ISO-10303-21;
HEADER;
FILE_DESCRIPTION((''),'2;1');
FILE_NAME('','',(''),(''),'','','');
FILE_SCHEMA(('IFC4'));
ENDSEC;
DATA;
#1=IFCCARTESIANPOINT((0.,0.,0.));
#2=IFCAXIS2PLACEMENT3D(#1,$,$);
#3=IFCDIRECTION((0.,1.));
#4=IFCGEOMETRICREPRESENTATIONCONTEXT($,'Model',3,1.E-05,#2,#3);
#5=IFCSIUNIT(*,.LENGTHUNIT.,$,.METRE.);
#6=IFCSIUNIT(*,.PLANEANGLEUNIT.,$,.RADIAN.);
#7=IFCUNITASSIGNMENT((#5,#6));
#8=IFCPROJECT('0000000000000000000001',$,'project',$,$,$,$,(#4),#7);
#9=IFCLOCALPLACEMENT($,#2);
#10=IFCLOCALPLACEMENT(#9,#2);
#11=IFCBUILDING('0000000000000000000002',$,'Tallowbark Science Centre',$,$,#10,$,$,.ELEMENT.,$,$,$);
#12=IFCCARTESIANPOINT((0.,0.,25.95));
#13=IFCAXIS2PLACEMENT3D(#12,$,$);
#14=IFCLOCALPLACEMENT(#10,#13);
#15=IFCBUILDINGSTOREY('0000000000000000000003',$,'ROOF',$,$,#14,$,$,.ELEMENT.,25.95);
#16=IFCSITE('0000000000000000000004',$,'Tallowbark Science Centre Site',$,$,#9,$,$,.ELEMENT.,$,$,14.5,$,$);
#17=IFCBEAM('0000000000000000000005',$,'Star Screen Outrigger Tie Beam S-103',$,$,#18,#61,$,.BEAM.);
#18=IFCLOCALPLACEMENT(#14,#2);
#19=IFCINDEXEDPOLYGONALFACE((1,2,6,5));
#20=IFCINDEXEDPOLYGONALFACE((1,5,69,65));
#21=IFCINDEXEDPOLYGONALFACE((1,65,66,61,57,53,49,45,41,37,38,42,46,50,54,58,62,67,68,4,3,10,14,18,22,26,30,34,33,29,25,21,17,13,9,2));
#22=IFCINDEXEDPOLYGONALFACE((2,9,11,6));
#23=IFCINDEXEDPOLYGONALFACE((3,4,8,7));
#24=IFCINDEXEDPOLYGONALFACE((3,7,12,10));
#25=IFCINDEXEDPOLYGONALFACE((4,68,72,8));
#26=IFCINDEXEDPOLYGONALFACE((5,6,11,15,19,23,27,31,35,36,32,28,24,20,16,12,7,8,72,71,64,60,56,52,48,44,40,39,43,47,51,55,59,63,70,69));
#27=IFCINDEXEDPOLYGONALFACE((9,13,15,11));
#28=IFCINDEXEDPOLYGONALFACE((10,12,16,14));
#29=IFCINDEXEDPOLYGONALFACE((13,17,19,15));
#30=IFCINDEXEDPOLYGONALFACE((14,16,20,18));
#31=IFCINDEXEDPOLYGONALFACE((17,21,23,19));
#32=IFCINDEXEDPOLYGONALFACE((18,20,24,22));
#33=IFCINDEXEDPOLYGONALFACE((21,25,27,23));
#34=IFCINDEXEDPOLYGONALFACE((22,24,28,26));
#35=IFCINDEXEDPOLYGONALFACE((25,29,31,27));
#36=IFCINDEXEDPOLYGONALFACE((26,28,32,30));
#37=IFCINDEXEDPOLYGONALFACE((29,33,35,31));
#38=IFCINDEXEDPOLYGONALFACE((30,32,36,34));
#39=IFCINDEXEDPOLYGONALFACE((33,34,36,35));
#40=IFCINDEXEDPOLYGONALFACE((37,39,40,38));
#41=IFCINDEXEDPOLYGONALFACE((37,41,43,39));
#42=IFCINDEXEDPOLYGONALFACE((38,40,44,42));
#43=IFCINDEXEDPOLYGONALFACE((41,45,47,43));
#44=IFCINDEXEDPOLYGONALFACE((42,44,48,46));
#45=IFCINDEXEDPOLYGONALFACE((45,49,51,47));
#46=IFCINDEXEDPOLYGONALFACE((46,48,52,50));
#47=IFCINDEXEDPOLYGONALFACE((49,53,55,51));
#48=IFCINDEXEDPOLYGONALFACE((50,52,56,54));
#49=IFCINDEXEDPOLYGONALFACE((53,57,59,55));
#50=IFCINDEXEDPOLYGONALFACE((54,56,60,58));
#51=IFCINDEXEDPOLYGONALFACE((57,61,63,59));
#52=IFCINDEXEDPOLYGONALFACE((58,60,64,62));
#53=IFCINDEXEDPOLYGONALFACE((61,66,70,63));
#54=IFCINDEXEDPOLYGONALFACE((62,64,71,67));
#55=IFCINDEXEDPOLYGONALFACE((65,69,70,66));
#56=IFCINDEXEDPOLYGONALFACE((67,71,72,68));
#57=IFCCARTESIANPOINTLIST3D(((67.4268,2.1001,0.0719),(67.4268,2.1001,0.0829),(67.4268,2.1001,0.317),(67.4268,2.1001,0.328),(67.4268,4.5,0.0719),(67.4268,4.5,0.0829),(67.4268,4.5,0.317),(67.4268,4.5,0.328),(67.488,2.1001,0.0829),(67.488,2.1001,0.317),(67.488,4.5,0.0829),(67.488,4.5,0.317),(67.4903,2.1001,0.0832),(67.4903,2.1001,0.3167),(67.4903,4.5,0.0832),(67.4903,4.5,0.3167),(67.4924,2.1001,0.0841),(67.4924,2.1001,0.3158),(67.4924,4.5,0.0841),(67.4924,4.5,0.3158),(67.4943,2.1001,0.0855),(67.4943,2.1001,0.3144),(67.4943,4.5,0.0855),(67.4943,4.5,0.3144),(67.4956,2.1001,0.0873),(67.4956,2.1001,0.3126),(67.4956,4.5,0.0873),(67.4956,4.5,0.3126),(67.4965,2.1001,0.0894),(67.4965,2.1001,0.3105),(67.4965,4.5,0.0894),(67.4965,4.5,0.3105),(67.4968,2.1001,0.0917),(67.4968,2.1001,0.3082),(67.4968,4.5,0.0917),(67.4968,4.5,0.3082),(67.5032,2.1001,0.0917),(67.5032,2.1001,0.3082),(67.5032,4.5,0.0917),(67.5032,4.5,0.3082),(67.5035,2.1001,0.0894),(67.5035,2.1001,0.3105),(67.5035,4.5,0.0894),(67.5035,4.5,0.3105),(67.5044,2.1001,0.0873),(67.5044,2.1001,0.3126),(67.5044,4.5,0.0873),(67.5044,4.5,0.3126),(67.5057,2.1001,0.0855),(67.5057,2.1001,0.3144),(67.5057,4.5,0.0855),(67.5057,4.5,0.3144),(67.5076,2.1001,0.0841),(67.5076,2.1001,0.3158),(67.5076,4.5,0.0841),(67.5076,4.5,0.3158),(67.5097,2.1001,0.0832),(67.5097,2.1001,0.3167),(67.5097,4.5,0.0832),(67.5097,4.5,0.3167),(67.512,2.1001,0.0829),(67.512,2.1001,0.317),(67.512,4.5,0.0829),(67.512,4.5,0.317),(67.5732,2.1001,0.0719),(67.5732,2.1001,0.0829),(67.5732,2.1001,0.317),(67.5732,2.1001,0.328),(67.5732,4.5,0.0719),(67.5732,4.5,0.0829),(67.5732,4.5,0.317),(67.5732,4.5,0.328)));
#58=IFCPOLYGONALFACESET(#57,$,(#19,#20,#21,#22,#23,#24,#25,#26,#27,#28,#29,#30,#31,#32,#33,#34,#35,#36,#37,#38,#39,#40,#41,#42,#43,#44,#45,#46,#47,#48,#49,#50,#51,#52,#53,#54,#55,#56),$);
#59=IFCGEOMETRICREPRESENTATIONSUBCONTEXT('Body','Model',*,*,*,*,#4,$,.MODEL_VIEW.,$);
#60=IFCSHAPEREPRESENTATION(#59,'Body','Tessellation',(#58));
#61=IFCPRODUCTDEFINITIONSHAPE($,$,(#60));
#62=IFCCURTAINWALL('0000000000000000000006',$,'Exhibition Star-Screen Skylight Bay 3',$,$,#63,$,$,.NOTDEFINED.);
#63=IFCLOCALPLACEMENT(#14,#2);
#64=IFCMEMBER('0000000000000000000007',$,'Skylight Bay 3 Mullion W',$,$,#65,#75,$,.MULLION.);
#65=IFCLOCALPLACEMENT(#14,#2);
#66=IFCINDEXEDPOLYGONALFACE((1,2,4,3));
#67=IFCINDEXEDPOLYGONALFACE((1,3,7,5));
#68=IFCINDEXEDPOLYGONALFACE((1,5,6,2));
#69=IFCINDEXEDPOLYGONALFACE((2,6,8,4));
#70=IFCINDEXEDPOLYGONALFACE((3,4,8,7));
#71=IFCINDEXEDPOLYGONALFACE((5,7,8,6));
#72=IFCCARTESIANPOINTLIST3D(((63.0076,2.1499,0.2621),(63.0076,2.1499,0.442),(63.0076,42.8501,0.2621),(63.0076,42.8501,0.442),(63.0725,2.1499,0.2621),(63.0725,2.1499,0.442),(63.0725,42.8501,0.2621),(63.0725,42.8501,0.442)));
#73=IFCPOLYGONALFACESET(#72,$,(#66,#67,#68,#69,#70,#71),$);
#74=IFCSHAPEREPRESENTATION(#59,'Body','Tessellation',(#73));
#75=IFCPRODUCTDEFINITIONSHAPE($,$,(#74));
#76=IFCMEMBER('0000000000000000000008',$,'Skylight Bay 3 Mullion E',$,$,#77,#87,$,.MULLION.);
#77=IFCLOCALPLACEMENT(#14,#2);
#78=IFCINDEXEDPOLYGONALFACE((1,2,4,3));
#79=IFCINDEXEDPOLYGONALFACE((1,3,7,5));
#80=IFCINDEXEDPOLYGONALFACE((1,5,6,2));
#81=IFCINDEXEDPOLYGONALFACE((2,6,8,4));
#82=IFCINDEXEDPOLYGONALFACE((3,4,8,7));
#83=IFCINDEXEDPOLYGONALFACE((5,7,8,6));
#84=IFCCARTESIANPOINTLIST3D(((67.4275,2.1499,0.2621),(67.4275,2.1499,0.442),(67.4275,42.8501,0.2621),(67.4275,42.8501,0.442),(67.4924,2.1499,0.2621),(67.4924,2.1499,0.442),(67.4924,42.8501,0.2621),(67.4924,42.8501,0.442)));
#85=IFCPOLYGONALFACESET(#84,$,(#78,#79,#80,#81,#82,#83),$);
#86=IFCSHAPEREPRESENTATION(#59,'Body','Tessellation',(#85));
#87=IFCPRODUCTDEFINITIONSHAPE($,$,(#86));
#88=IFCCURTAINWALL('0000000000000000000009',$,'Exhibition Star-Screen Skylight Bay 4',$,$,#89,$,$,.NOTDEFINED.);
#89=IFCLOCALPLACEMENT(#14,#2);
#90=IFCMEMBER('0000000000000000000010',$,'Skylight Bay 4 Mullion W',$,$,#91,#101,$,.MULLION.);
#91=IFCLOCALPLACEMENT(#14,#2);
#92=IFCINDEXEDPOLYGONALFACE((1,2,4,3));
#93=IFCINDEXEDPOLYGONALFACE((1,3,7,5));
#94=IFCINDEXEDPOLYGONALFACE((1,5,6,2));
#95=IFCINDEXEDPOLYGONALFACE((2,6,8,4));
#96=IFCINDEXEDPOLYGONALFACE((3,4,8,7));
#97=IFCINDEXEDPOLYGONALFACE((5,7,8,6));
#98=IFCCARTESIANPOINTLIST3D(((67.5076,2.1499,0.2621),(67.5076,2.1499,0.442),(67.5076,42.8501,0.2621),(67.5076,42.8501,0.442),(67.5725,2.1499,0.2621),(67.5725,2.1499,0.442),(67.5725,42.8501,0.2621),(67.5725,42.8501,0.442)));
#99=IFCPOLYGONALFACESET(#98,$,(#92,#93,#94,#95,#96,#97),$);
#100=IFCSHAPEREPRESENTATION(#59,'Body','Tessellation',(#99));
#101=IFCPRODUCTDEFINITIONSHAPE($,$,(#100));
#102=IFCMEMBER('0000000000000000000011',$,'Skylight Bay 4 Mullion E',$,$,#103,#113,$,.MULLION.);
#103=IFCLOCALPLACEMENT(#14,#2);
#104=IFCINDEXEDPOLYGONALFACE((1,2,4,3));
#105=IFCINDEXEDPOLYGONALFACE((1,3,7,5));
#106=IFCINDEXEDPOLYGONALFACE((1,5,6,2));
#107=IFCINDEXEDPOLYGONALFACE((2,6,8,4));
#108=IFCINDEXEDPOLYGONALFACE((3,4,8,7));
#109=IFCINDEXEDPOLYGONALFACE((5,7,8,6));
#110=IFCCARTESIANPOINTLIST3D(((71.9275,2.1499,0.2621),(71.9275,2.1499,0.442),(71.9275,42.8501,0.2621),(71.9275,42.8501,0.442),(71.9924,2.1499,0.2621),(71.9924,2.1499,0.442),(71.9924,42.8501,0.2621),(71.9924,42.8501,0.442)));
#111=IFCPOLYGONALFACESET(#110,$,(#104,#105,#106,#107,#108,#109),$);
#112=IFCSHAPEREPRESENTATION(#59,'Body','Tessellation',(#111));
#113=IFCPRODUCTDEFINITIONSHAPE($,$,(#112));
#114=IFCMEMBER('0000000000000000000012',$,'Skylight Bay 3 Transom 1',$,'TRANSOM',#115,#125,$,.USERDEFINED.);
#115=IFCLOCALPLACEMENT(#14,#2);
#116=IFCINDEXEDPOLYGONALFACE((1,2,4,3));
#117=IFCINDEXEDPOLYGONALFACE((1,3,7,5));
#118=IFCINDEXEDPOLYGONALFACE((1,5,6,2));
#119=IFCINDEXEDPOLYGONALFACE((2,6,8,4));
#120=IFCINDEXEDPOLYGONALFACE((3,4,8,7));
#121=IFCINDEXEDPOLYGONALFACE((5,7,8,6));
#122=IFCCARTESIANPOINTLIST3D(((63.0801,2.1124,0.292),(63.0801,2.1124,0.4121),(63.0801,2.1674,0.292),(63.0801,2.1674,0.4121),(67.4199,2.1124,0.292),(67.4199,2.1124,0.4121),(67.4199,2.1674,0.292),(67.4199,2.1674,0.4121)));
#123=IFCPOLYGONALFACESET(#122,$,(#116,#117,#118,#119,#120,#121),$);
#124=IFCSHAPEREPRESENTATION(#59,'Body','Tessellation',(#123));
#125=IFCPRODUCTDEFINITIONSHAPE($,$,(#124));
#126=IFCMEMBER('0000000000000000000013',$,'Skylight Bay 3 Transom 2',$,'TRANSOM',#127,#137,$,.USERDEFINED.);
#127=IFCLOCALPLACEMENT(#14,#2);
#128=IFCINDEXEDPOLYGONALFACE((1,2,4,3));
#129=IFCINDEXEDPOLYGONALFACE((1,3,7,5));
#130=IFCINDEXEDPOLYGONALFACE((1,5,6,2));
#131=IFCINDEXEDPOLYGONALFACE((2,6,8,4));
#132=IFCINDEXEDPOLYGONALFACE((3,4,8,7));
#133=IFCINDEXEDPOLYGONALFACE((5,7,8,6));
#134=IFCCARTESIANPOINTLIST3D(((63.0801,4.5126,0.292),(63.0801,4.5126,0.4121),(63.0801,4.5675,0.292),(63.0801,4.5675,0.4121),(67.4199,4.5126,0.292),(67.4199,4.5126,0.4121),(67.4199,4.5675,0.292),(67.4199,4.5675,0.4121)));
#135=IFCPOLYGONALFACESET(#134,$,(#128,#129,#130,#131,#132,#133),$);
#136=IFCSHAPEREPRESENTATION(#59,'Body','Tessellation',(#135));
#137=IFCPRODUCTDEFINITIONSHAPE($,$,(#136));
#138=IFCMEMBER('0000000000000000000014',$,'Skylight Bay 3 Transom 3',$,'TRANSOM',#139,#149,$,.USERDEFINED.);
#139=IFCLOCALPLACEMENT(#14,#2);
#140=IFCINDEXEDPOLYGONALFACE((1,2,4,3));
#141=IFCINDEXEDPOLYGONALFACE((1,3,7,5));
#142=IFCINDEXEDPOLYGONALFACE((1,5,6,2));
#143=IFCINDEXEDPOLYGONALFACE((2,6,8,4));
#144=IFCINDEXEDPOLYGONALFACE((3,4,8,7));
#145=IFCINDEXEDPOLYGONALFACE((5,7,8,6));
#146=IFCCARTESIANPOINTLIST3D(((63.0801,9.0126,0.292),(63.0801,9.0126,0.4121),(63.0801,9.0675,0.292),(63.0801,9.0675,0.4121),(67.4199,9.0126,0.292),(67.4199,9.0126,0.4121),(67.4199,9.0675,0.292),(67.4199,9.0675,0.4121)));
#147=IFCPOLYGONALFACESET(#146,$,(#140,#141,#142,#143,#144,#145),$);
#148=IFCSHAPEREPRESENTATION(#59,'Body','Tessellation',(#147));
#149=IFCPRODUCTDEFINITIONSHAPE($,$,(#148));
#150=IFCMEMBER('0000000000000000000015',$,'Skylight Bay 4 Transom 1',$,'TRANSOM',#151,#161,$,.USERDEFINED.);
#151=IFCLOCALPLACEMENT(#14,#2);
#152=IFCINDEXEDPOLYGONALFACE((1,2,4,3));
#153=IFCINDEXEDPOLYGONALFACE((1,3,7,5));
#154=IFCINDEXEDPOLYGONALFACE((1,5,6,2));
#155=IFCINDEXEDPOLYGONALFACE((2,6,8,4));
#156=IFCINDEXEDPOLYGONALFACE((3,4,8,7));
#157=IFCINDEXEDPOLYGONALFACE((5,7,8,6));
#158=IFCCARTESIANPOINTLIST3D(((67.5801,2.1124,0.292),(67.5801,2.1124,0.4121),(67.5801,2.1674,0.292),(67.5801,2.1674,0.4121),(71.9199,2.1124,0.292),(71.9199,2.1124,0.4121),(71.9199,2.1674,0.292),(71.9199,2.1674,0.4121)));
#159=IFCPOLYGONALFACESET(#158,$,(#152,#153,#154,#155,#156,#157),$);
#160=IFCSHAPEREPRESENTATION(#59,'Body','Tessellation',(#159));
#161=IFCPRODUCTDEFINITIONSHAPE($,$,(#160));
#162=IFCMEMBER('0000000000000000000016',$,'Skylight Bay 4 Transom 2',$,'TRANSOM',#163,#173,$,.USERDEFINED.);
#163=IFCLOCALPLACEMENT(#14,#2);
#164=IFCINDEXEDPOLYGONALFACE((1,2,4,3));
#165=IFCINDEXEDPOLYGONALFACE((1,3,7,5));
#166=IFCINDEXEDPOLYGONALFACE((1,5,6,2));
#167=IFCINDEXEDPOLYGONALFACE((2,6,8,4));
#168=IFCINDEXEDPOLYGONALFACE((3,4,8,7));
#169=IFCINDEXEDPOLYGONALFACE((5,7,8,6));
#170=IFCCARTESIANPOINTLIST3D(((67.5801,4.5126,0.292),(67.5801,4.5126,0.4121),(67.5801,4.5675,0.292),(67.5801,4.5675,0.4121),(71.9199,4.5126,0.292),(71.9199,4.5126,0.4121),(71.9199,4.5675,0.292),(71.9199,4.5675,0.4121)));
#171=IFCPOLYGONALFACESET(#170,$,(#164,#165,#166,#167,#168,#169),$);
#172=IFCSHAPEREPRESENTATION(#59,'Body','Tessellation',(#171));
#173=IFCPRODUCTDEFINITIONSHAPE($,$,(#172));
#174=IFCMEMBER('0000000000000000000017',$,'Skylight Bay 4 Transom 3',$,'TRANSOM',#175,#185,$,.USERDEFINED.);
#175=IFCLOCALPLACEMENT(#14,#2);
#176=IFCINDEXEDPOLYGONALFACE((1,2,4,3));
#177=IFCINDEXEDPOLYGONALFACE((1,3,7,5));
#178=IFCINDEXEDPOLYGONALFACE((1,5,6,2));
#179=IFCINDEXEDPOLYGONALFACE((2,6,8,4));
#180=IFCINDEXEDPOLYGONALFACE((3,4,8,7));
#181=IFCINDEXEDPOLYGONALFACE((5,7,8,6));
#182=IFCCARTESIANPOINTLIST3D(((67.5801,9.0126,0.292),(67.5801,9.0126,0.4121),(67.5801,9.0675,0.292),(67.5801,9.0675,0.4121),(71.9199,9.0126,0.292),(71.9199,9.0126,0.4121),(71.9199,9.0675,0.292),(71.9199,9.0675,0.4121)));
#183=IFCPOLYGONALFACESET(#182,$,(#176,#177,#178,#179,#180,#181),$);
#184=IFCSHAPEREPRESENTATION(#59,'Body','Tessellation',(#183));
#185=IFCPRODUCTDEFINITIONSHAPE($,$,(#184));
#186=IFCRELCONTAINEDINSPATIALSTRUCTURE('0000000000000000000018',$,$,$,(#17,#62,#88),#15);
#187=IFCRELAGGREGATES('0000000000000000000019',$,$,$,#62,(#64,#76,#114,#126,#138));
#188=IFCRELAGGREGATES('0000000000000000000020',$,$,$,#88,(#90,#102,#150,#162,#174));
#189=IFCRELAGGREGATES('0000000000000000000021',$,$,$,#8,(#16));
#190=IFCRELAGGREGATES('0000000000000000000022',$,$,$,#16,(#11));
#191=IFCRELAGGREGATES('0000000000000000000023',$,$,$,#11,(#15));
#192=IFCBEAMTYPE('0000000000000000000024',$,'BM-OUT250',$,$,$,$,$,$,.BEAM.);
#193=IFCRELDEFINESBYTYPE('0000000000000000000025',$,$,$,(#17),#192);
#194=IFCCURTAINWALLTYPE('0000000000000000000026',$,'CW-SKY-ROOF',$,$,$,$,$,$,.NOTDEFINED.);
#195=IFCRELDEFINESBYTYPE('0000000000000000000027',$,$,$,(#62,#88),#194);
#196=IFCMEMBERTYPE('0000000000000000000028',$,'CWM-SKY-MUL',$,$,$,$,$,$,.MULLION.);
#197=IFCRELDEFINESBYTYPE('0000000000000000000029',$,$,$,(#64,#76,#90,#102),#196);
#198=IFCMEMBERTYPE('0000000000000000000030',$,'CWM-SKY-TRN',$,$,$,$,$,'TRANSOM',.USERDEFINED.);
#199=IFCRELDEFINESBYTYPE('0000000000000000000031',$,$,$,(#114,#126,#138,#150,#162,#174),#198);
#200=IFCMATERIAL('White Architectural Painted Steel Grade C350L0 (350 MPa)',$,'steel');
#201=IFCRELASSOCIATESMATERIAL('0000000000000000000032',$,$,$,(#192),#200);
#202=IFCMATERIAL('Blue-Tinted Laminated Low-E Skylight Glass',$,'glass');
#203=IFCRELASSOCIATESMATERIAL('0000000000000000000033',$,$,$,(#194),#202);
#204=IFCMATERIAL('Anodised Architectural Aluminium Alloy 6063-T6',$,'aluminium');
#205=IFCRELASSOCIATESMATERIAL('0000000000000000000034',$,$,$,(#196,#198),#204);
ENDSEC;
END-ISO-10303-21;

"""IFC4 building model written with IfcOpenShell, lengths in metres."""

from ifc_helpers import new_model, si_unit, direction, frame, origin, origin_2d, place, context, subcontext, project, spatial, rectangle, i_section, extrude, material, material_profile, profile_set, type_object, element, aggregate, save


model = new_model("IFC4")

# Units and contexts
model_context = context("Model", 3, precision=1e-05, world=origin(), true_north=direction((0.0, 1.0)))
body_context = subcontext(model_context, "Body", "Model", "MODEL_VIEW")
ifc_project = project(units=[si_unit("LENGTHUNIT", "METRE"), si_unit("PLANEANGLEUNIT", "RADIAN")], contexts=[model_context])

# Site, building, storey
site_placement = place(None, origin())
site = spatial("IfcSite", under=ifc_project, at=site_placement, Name="Tallowbark Science Centre Site", CompositionType="ELEMENT", RefElevation=14.5)
building_placement = place(site_placement, origin())
building = spatial("IfcBuilding", under=site, at=building_placement, Name="Tallowbark Science Centre", CompositionType="ELEMENT")
storey_placement = place(building_placement, frame((0.0, 0.0, 25.95)))
storey = spatial("IfcBuildingStorey", under=building, at=storey_placement, Name="ROOF", CompositionType="ELEMENT", Elevation=25.95)

# Beam
ifc_material_1 = material(Name="White Architectural Painted Steel Grade C350L0 (350 MPa)", Category="steel")
ifc_material_profile_1 = material_profile(ifc_material_1, i_section(OverallWidth=0.1465, OverallDepth=0.2561, WebThickness=0.0063, FlangeThickness=0.011, FilletRadius=0.0088, at=origin_2d()), Name="250UB37.3")
ifc_profile_set_1 = profile_set([ifc_material_profile_1], Name="White Architectural Painted Steel Grade C350L0 (350 MPa)")
beam_type = type_object("IfcBeamType", Name="BM-OUT250", PredefinedType="BEAM", material=ifc_profile_set_1)
beam_placement = place(storey_placement, frame((67.5, 4.5, 0.2), z_axis=(0.0, -1.0, 0.0), x_axis=(1.0, 0.0, 0.0)))
element("IfcBeam", 1, at=beam_placement, inside=storey, type_object=beam_type, Name="Star Screen Outrigger Tie Beam S-103", PredefinedType="BEAM", context=body_context, shape_type="SweptSolid", body=[
    extrude(i_section(OverallWidth=0.1465, OverallDepth=0.2561, WebThickness=0.0063, FlangeThickness=0.011, FilletRadius=0.0088, at=origin_2d()), origin(), (0.0, 0.0, 1.0), 2.3999),
])

# Curtain walls, members
ifc_material_2 = material(Name="Blue-Tinted Laminated Low-E Skylight Glass", Category="glass")
curtain_wall_type = type_object("IfcCurtainWallType", Name="CW-SKY-ROOF", PredefinedType="NOTDEFINED", material=ifc_material_2)
curtain_wall_1_placement = place(storey_placement, origin())
curtain_wall_1 = element("IfcCurtainWall", 2, at=curtain_wall_1_placement, inside=storey, type_object=curtain_wall_type, Name="Exhibition Star-Screen Skylight Bay 3", PredefinedType="NOTDEFINED")
ifc_material_3 = material(Name="Anodised Architectural Aluminium Alloy 6063-T6", Category="aluminium")
ifc_material_profile_2 = material_profile(ifc_material_3, rectangle(XDim=0.0649, YDim=0.1799, at=origin_2d()), Name="ALU65x180")
ifc_profile_set_2 = profile_set([ifc_material_profile_2], Name="Anodised Architectural Aluminium Alloy 6063-T6")
member_type_1 = type_object("IfcMemberType", Name="CWM-SKY-MUL", PredefinedType="MULLION", material=ifc_profile_set_2)
member_1_placement = place(storey_placement, frame((63.04, 2.1499, 0.3521), z_axis=(0.0, 1.0, 0.0), x_axis=(-1.0, 0.0, 0.0)))
member_1 = element("IfcMember", 3, at=member_1_placement, type_object=member_type_1, Name="Skylight Bay 3 Mullion W", PredefinedType="MULLION", context=body_context, shape_type="SweptSolid", body=[
    extrude(rectangle(XDim=0.0649, YDim=0.1799, at=origin_2d()), origin(), (0.0, 0.0, 1.0), 40.7002),
])
member_2_placement = place(storey_placement, frame((67.46, 2.1499, 0.3521), z_axis=(0.0, 1.0, 0.0), x_axis=(-1.0, 0.0, 0.0)))
member_2 = element("IfcMember", 4, at=member_2_placement, type_object=member_type_1, Name="Skylight Bay 3 Mullion E", PredefinedType="MULLION", context=body_context, shape_type="SweptSolid", body=[
    extrude(rectangle(XDim=0.0649, YDim=0.1799, at=origin_2d()), origin(), (0.0, 0.0, 1.0), 40.7002),
])
curtain_wall_2_placement = place(storey_placement, origin())
curtain_wall_2 = element("IfcCurtainWall", 5, at=curtain_wall_2_placement, inside=storey, type_object=curtain_wall_type, Name="Exhibition Star-Screen Skylight Bay 4", PredefinedType="NOTDEFINED")
member_3_placement = place(storey_placement, frame((67.54, 2.1499, 0.3521), z_axis=(0.0, 1.0, 0.0), x_axis=(-1.0, 0.0, 0.0)))
member_3 = element("IfcMember", 6, at=member_3_placement, type_object=member_type_1, Name="Skylight Bay 4 Mullion W", PredefinedType="MULLION", context=body_context, shape_type="SweptSolid", body=[
    extrude(rectangle(XDim=0.0649, YDim=0.1799, at=origin_2d()), origin(), (0.0, 0.0, 1.0), 40.7002),
])
member_4_placement = place(storey_placement, frame((71.96, 2.1499, 0.3521), z_axis=(0.0, 1.0, 0.0), x_axis=(-1.0, 0.0, 0.0)))
member_4 = element("IfcMember", 7, at=member_4_placement, type_object=member_type_1, Name="Skylight Bay 4 Mullion E", PredefinedType="MULLION", context=body_context, shape_type="SweptSolid", body=[
    extrude(rectangle(XDim=0.0649, YDim=0.1799, at=origin_2d()), origin(), (0.0, 0.0, 1.0), 40.7002),
])

# Members
ifc_material_profile_3 = material_profile(ifc_material_3, rectangle(XDim=0.0549, YDim=0.1201, at=origin_2d()), Name="ALU55x120")
ifc_profile_set_3 = profile_set([ifc_material_profile_3], Name="Anodised Architectural Aluminium Alloy 6063-T6")
member_type_2 = type_object("IfcMemberType", Name="CWM-SKY-TRN", ElementType="TRANSOM", PredefinedType="USERDEFINED", material=ifc_profile_set_3)
member_5_placement = place(storey_placement, frame((63.0801, 2.1399, 0.3521), z_axis=(1.0, 0.0, 0.0), x_axis=(0.0, 1.0, 0.0)))
member_5 = element("IfcMember", 8, at=member_5_placement, type_object=member_type_2, Name="Skylight Bay 3 Transom 1", ObjectType="TRANSOM", PredefinedType="USERDEFINED", context=body_context, shape_type="SweptSolid", body=[
    extrude(rectangle(XDim=0.0549, YDim=0.1201, at=origin_2d()), origin(), (0.0, 0.0, 1.0), 4.3398),
])
member_6_placement = place(storey_placement, frame((63.0801, 4.54, 0.3521), z_axis=(1.0, 0.0, 0.0), x_axis=(0.0, 1.0, 0.0)))
member_6 = element("IfcMember", 9, at=member_6_placement, type_object=member_type_2, Name="Skylight Bay 3 Transom 2", ObjectType="TRANSOM", PredefinedType="USERDEFINED", context=body_context, shape_type="SweptSolid", body=[
    extrude(rectangle(XDim=0.0549, YDim=0.1201, at=origin_2d()), origin(), (0.0, 0.0, 1.0), 4.3398),
])
member_7_placement = place(storey_placement, frame((63.0801, 9.04, 0.3521), z_axis=(1.0, 0.0, 0.0), x_axis=(0.0, 1.0, 0.0)))
member_7 = element("IfcMember", 10, at=member_7_placement, type_object=member_type_2, Name="Skylight Bay 3 Transom 3", ObjectType="TRANSOM", PredefinedType="USERDEFINED", context=body_context, shape_type="SweptSolid", body=[
    extrude(rectangle(XDim=0.0549, YDim=0.1201, at=origin_2d()), origin(), (0.0, 0.0, 1.0), 4.3398),
])
member_8_placement = place(storey_placement, frame((67.5801, 2.1399, 0.3521), z_axis=(1.0, 0.0, 0.0), x_axis=(0.0, 1.0, 0.0)))
member_8 = element("IfcMember", 11, at=member_8_placement, type_object=member_type_2, Name="Skylight Bay 4 Transom 1", ObjectType="TRANSOM", PredefinedType="USERDEFINED", context=body_context, shape_type="SweptSolid", body=[
    extrude(rectangle(XDim=0.0549, YDim=0.1201, at=origin_2d()), origin(), (0.0, 0.0, 1.0), 4.3398),
])
member_9_placement = place(storey_placement, frame((67.5801, 4.54, 0.3521), z_axis=(1.0, 0.0, 0.0), x_axis=(0.0, 1.0, 0.0)))
member_9 = element("IfcMember", 12, at=member_9_placement, type_object=member_type_2, Name="Skylight Bay 4 Transom 2", ObjectType="TRANSOM", PredefinedType="USERDEFINED", context=body_context, shape_type="SweptSolid", body=[
    extrude(rectangle(XDim=0.0549, YDim=0.1201, at=origin_2d()), origin(), (0.0, 0.0, 1.0), 4.3398),
])
member_10_placement = place(storey_placement, frame((67.5801, 9.04, 0.3521), z_axis=(1.0, 0.0, 0.0), x_axis=(0.0, 1.0, 0.0)))
member_10 = element("IfcMember", 13, at=member_10_placement, type_object=member_type_2, Name="Skylight Bay 4 Transom 3", ObjectType="TRANSOM", PredefinedType="USERDEFINED", context=body_context, shape_type="SweptSolid", body=[
    extrude(rectangle(XDim=0.0549, YDim=0.1201, at=origin_2d()), origin(), (0.0, 0.0, 1.0), 4.3398),
])

aggregate(curtain_wall_1, [member_1, member_2, member_5, member_6, member_7])
aggregate(curtain_wall_2, [member_3, member_4, member_8, member_9, member_10])

save(model, "model.ifc")
